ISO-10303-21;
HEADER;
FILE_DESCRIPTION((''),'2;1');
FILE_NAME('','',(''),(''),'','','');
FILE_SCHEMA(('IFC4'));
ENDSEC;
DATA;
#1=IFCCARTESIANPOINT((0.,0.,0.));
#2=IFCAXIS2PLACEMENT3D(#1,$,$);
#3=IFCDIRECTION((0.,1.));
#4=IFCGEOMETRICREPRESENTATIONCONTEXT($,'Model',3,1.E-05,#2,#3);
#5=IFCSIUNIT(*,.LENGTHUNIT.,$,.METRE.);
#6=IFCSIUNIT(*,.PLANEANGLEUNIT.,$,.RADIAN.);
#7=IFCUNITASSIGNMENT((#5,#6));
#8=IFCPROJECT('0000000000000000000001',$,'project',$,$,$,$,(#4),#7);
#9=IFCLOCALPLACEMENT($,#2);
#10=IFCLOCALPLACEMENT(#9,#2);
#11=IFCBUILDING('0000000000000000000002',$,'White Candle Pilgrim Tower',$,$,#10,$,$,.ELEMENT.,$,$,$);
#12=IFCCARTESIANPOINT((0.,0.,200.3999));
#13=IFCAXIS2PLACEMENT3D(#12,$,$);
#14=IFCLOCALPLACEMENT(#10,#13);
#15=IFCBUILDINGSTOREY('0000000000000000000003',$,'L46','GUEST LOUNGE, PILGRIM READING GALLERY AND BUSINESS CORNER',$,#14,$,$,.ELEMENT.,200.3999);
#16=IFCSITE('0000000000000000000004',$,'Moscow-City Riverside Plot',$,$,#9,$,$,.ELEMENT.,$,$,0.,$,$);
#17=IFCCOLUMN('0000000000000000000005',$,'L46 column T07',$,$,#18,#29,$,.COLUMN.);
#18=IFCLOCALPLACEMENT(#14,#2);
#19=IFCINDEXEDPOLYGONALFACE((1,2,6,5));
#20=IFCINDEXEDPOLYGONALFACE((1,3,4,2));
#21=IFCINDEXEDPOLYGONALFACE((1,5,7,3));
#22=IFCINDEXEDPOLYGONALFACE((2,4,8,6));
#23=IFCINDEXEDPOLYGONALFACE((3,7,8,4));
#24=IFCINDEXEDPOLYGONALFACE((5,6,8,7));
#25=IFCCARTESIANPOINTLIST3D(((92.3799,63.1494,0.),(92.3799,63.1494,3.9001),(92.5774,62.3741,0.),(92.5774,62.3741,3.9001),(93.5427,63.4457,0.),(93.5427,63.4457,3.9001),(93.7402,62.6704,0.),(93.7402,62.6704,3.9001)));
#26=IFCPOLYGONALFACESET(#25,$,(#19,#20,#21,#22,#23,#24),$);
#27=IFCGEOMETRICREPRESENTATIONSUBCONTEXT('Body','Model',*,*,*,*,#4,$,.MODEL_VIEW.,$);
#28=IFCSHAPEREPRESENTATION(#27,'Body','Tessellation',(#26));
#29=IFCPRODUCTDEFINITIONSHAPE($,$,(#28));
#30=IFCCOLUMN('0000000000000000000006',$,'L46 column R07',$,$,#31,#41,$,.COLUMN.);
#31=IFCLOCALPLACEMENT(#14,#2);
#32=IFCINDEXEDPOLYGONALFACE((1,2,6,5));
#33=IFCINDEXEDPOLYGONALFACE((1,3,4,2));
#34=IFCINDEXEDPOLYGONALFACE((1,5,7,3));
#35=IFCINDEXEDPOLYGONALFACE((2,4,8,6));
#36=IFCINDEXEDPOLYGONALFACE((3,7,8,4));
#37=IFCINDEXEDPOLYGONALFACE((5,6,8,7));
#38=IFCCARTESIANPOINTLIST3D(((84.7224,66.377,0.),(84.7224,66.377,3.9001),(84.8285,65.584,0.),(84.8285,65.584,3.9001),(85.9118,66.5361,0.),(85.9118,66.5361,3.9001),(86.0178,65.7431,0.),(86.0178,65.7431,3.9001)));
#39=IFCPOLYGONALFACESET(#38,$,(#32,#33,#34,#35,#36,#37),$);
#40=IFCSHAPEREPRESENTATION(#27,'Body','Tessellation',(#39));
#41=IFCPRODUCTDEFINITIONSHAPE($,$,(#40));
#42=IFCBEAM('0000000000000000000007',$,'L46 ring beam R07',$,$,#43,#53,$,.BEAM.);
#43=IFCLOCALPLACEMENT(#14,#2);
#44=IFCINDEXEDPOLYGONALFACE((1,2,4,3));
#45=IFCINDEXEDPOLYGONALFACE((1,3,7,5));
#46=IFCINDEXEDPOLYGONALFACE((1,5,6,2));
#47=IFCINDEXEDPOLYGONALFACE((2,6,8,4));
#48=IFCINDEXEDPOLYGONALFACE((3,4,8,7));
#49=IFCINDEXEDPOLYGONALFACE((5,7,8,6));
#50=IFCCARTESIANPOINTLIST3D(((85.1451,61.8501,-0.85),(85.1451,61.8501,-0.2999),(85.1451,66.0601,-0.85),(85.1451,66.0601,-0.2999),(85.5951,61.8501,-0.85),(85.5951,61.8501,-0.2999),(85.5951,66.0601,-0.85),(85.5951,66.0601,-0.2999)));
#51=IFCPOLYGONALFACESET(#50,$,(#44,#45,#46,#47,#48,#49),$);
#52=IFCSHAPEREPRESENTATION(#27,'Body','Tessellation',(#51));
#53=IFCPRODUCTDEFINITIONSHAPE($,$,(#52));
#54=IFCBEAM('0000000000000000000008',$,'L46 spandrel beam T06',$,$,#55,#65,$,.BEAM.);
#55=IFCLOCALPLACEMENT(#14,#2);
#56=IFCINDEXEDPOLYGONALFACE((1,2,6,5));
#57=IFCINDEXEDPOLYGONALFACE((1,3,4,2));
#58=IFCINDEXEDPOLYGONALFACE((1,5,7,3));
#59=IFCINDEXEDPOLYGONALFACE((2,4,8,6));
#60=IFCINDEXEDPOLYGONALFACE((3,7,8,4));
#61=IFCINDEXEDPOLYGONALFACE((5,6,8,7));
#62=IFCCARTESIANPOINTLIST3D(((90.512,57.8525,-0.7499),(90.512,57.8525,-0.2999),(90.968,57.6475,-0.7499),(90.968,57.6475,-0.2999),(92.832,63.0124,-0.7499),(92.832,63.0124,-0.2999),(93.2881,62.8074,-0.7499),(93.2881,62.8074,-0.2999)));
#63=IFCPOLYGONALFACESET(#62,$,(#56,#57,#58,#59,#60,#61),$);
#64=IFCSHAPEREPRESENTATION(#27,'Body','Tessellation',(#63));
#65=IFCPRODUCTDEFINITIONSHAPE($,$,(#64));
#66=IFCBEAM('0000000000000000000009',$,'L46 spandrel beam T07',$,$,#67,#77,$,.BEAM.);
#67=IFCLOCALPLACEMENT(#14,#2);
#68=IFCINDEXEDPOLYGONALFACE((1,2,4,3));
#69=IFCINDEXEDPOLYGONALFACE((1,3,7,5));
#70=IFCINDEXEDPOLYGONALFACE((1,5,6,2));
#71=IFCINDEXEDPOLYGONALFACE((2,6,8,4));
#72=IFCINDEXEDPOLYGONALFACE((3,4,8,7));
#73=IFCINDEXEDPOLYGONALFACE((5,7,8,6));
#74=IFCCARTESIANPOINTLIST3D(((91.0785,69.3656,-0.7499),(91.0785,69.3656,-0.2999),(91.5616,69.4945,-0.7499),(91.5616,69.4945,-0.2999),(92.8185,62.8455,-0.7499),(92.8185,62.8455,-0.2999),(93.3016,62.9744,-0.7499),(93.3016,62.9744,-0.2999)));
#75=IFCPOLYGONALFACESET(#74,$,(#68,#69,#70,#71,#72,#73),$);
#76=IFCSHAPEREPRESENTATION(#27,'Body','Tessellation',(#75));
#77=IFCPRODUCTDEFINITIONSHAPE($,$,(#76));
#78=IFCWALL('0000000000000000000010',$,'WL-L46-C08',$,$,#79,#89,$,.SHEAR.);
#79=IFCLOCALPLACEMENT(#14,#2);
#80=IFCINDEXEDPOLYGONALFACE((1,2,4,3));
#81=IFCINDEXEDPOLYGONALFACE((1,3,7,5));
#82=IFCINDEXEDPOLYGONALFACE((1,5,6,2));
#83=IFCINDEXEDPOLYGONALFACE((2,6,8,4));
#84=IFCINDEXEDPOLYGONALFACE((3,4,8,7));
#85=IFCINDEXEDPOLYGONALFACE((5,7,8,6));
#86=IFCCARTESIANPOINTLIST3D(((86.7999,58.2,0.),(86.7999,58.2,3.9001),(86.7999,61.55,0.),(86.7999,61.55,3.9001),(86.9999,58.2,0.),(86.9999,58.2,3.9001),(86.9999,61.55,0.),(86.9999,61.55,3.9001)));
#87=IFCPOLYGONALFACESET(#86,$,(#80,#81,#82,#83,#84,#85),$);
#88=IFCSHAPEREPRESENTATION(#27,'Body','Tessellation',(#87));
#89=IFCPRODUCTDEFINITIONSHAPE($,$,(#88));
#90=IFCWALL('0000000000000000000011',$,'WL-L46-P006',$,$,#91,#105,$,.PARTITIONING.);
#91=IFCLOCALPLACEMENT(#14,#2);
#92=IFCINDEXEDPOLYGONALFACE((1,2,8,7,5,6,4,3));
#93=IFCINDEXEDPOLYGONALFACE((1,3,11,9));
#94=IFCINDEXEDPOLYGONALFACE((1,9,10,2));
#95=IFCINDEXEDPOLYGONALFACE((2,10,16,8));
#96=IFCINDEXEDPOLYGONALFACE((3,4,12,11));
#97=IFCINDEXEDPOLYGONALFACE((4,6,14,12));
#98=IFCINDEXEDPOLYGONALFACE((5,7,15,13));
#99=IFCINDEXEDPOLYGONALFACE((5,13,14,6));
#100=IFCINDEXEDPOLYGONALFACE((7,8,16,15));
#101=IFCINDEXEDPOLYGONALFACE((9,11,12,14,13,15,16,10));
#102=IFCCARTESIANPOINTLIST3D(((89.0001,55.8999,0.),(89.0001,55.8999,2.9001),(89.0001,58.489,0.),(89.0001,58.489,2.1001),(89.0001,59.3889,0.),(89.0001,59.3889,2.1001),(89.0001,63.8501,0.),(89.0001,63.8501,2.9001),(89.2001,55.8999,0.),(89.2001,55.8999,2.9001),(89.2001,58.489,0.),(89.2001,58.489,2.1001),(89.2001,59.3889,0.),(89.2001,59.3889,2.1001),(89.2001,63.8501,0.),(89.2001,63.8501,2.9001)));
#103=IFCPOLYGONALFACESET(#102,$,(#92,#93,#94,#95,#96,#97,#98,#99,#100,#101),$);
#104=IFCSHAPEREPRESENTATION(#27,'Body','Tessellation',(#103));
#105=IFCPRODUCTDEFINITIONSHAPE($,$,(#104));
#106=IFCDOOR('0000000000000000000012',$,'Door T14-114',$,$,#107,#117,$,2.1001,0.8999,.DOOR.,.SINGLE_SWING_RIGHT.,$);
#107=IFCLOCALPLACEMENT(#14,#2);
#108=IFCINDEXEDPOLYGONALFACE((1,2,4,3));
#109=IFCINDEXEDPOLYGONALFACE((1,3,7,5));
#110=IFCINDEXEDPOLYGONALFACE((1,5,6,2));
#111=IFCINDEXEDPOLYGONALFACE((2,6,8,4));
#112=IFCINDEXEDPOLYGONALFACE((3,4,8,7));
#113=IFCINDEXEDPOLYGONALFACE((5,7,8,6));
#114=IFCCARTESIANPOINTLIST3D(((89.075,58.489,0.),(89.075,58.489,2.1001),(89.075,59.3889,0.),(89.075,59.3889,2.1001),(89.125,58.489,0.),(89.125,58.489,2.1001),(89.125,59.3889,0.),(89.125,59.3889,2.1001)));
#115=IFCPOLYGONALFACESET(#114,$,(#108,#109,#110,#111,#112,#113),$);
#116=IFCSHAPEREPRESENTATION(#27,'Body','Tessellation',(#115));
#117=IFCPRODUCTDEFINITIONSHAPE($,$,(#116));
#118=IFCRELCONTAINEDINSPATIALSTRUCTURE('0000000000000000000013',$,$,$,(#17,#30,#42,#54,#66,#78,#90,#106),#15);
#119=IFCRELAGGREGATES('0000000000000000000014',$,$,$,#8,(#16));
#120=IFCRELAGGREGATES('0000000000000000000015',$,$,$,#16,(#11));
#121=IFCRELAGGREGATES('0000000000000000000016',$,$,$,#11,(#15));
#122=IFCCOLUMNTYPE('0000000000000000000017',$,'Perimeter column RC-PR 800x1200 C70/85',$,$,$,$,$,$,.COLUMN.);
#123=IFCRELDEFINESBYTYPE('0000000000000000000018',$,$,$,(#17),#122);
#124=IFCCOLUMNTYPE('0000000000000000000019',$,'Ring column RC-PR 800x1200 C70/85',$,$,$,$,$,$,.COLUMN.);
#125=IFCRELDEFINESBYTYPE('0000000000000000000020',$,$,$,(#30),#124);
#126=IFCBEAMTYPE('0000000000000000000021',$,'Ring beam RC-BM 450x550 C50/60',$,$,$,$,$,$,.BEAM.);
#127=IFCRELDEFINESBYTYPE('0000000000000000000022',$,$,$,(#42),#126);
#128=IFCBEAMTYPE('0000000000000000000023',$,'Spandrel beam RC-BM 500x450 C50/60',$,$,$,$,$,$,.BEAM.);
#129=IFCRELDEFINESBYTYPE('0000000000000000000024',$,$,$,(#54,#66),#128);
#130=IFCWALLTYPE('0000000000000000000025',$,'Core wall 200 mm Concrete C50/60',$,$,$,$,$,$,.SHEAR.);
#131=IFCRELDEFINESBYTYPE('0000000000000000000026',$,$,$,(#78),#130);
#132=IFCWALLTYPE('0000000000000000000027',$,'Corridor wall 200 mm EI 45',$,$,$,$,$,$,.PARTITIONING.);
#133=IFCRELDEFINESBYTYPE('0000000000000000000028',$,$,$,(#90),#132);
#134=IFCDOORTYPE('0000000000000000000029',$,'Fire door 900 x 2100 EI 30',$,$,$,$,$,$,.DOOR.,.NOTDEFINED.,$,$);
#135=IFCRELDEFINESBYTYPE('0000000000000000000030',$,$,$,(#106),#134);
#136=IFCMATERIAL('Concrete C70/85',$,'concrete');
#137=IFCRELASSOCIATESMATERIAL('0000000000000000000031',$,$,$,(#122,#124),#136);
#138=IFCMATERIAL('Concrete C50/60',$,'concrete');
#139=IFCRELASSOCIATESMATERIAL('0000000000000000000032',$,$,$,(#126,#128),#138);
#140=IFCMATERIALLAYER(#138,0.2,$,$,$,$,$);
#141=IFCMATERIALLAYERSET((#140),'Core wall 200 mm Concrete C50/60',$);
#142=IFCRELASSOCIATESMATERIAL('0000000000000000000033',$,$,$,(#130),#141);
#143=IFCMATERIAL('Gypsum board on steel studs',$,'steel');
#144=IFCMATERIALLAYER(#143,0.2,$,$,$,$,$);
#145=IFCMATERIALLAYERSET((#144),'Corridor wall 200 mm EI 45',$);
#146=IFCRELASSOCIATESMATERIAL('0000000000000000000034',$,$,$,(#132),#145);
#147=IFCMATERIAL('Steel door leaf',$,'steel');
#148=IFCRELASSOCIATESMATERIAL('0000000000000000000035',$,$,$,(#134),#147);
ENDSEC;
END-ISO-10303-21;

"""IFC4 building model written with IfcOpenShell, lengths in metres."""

from ifc_helpers import new_model, si_unit, direction, frame, frame_2d, origin, origin_2d, place, context, subcontext, project, spatial, rectangle, extrude, material, layer, layer_set, material_profile, profile_set, type_object, element, fill, save


model = new_model("IFC4")

# Units and contexts
model_context = context("Model", 3, precision=1e-05, world=origin(), true_north=direction((0.0, 1.0)))
body_context = subcontext(model_context, "Body", "Model", "MODEL_VIEW")
ifc_project = project(units=[si_unit("LENGTHUNIT", "METRE"), si_unit("PLANEANGLEUNIT", "RADIAN")], contexts=[model_context])

# Site, building, storey
site_placement = place(None, origin())
site = spatial("IfcSite", under=ifc_project, at=site_placement, Name="Moscow-City Riverside Plot", CompositionType="ELEMENT", RefElevation=0.0)
building_placement = place(site_placement, origin())
building = spatial("IfcBuilding", under=site, at=building_placement, Name="White Candle Pilgrim Tower", CompositionType="ELEMENT")
storey_placement = place(building_placement, frame((0.0, 0.0, 200.3999)))
storey = spatial("IfcBuildingStorey", under=building, at=storey_placement, Name="L46", Description="GUEST LOUNGE, PILGRIM READING GALLERY AND BUSINESS CORNER", CompositionType="ELEMENT", Elevation=200.3999)

# Columns
ifc_material_1 = material(Name="Concrete C70/85", Category="concrete")
ifc_material_profile_1 = material_profile(ifc_material_1, rectangle(XDim=0.8, YDim=1.2, at=origin_2d()), Name="RC-PR 800x1200")
ifc_profile_set_1 = profile_set([ifc_material_profile_1], Name="Concrete C70/85")
column_type_1 = type_object("IfcColumnType", Name="Perimeter column RC-PR 800x1200 C70/85", PredefinedType="COLUMN", material=ifc_profile_set_1)
column_1_placement = place(storey_placement, frame((93.0601, 62.9099, 0.0), z_axis=(0.0, 0.0, 1.0), x_axis=(0.246881, -0.969046, 0.0)))
element("IfcColumn", 1, at=column_1_placement, inside=storey, type_object=column_type_1, Name="L46 column T07", PredefinedType="COLUMN", context=body_context, shape_type="SweptSolid", body=[
    extrude(rectangle(XDim=0.8, YDim=1.2, at=origin_2d()), origin(), (0.0, 0.0, 1.0), 3.9001),
])
ifc_material_profile_2 = material_profile(ifc_material_1, rectangle(XDim=0.8, YDim=1.2, at=origin_2d()), Name="RC-PR 800x1200")
ifc_profile_set_2 = profile_set([ifc_material_profile_2], Name="Concrete C70/85")
column_type_2 = type_object("IfcColumnType", Name="Ring column RC-PR 800x1200 C70/85", PredefinedType="COLUMN", material=ifc_profile_set_2)
column_2_placement = place(storey_placement, frame((85.3701, 66.0601, 0.0), z_axis=(0.0, 0.0, 1.0), x_axis=(0.132602, -0.991169, 0.0)))
element("IfcColumn", 2, at=column_2_placement, inside=storey, type_object=column_type_2, Name="L46 column R07", PredefinedType="COLUMN", context=body_context, shape_type="SweptSolid", body=[
    extrude(rectangle(XDim=0.8, YDim=1.2, at=origin_2d()), origin(), (0.0, 0.0, 1.0), 3.9001),
])

# Beams
ifc_material_2 = material(Name="Concrete C50/60", Category="concrete")
ifc_material_profile_3 = material_profile(ifc_material_2, rectangle(XDim=0.45, YDim=0.55, at=origin_2d()), Name="RC-BM 450x550")
ifc_profile_set_3 = profile_set([ifc_material_profile_3], Name="Concrete C50/60")
beam_type_1 = type_object("IfcBeamType", Name="Ring beam RC-BM 450x550 C50/60", PredefinedType="BEAM", material=ifc_profile_set_3)
beam_1_placement = place(storey_placement, frame((85.3701, 66.0601, -0.575), z_axis=(0.0, -1.0, 0.0), x_axis=(1.0, 0.0, 0.0)))
element("IfcBeam", 3, at=beam_1_placement, inside=storey, type_object=beam_type_1, Name="L46 ring beam R07", PredefinedType="BEAM", context=body_context, shape_type="SweptSolid", body=[
    extrude(rectangle(XDim=0.45, YDim=0.55, at=origin_2d()), origin(), (0.0, 0.0, 1.0), 4.21),
])
ifc_material_profile_4 = material_profile(ifc_material_2, rectangle(XDim=0.5, YDim=0.45, at=origin_2d()), Name="RC-BM 500x450")
ifc_profile_set_4 = profile_set([ifc_material_profile_4], Name="Concrete C50/60")
beam_type_2 = type_object("IfcBeamType", Name="Spandrel beam RC-BM 500x450 C50/60", PredefinedType="BEAM", material=ifc_profile_set_4)
beam_2_placement = place(storey_placement, frame((90.74, 57.75, -0.5249), z_axis=(0.410087, 0.912047, 0.0), x_axis=(-0.912047, 0.410087, 0.0)))
element("IfcBeam", 4, at=beam_2_placement, inside=storey, type_object=beam_type_2, Name="L46 spandrel beam T06", PredefinedType="BEAM", context=body_context, shape_type="SweptSolid", body=[
    extrude(rectangle(XDim=0.5, YDim=0.45, at=origin_2d()), origin(), (0.0, 0.0, 1.0), 5.6575),
])
beam_3_placement = place(storey_placement, frame((93.0601, 62.9099, -0.5249), z_axis=(-0.257845, 0.966186, 0.0), x_axis=(-0.966186, -0.257845, 0.0)))
element("IfcBeam", 5, at=beam_3_placement, inside=storey, type_object=beam_type_2, Name="L46 spandrel beam T07", PredefinedType="BEAM", context=body_context, shape_type="SweptSolid", body=[
    extrude(rectangle(XDim=0.5, YDim=0.45, at=origin_2d()), origin(), (0.0, 0.0, 1.0), 6.7483),
])

# Wall
ifc_layer_1 = layer(ifc_material_2, 0.2)
ifc_layer_set_1 = layer_set([ifc_layer_1], Name="Core wall 200 mm Concrete C50/60")
wall_type_1 = type_object("IfcWallType", Name="Core wall 200 mm Concrete C50/60", PredefinedType="SHEAR", material=ifc_layer_set_1)
wall_1_placement = place(storey_placement, frame((86.8999, 58.2, 0.0), z_axis=(0.0, 0.0, 1.0), x_axis=(0.0, 1.0, 0.0)))
element("IfcWall", 6, at=wall_1_placement, inside=storey, type_object=wall_type_1, Name="WL-L46-C08", PredefinedType="SHEAR", context=body_context, shape_type="SweptSolid", body=[
    extrude(rectangle(XDim=3.3501, YDim=0.2, at=frame_2d((1.675, 0.0))), origin(), (0.0, 0.0, 1.0), 3.9001),
])

# Wall, opening, door
ifc_material_3 = material(Name="Gypsum board on steel studs", Category="steel")
ifc_layer_2 = layer(ifc_material_3, 0.2)
ifc_layer_set_2 = layer_set([ifc_layer_2], Name="Corridor wall 200 mm EI 45")
wall_type_2 = type_object("IfcWallType", Name="Corridor wall 200 mm EI 45", PredefinedType="PARTITIONING", material=ifc_layer_set_2)
wall_2_placement = place(storey_placement, frame((89.1001, 63.8501, 0.0), z_axis=(0.0, 0.0, 1.0), x_axis=(0.0, -1.0, 0.0)))
wall_2 = element("IfcWall", 7, at=wall_2_placement, inside=storey, type_object=wall_type_2, Name="WL-L46-P006", PredefinedType="PARTITIONING", context=body_context, shape_type="SweptSolid", body=[
    extrude(rectangle(XDim=7.9502, YDim=0.2, at=frame_2d((3.9751, 0.0))), origin(), (0.0, 0.0, 1.0), 2.9001),
])
opening_1_placement = place(wall_2_placement, frame((4.4612, 0.0, 0.0)))
opening_1 = element("IfcOpeningElement", 8, at=opening_1_placement, cuts=wall_2, PredefinedType="OPENING", context=body_context, shape_type="SweptSolid", body=[
    extrude(rectangle(XDim=0.8999, YDim=2.1001, at=frame_2d((0.45, 1.05))), frame((0.0, 0.1099, 0.0), z_axis=(0.0, -1.0, 0.0), x_axis=(1.0, 0.0, 0.0)), (0.0, 0.0, 1.0), 0.22),
])
ifc_material_4 = material(Name="Steel door leaf", Category="steel")
door_type_1 = type_object("IfcDoorType", Name="Fire door 900 x 2100 EI 30", OperationType="NOTDEFINED", PredefinedType="DOOR", material=ifc_material_4)
door_1_placement = place(opening_1_placement, origin())
door_1 = element("IfcDoor", 9, at=door_1_placement, inside=storey, type_object=door_type_1, Name="Door T14-114", OperationType="SINGLE_SWING_RIGHT", OverallHeight=2.1001, OverallWidth=0.8999, PredefinedType="DOOR", context=body_context, shape_type="SweptSolid", body=[
    extrude(rectangle(XDim=0.8999, YDim=2.1001, at=frame_2d((0.45, 1.05))), frame((0.0, 0.0249, 0.0), z_axis=(0.0, -1.0, 0.0), x_axis=(1.0, 0.0, 0.0)), (0.0, 0.0, 1.0), 0.05),
])
fill(opening_1, door_1)

save(model, "model.ifc")
